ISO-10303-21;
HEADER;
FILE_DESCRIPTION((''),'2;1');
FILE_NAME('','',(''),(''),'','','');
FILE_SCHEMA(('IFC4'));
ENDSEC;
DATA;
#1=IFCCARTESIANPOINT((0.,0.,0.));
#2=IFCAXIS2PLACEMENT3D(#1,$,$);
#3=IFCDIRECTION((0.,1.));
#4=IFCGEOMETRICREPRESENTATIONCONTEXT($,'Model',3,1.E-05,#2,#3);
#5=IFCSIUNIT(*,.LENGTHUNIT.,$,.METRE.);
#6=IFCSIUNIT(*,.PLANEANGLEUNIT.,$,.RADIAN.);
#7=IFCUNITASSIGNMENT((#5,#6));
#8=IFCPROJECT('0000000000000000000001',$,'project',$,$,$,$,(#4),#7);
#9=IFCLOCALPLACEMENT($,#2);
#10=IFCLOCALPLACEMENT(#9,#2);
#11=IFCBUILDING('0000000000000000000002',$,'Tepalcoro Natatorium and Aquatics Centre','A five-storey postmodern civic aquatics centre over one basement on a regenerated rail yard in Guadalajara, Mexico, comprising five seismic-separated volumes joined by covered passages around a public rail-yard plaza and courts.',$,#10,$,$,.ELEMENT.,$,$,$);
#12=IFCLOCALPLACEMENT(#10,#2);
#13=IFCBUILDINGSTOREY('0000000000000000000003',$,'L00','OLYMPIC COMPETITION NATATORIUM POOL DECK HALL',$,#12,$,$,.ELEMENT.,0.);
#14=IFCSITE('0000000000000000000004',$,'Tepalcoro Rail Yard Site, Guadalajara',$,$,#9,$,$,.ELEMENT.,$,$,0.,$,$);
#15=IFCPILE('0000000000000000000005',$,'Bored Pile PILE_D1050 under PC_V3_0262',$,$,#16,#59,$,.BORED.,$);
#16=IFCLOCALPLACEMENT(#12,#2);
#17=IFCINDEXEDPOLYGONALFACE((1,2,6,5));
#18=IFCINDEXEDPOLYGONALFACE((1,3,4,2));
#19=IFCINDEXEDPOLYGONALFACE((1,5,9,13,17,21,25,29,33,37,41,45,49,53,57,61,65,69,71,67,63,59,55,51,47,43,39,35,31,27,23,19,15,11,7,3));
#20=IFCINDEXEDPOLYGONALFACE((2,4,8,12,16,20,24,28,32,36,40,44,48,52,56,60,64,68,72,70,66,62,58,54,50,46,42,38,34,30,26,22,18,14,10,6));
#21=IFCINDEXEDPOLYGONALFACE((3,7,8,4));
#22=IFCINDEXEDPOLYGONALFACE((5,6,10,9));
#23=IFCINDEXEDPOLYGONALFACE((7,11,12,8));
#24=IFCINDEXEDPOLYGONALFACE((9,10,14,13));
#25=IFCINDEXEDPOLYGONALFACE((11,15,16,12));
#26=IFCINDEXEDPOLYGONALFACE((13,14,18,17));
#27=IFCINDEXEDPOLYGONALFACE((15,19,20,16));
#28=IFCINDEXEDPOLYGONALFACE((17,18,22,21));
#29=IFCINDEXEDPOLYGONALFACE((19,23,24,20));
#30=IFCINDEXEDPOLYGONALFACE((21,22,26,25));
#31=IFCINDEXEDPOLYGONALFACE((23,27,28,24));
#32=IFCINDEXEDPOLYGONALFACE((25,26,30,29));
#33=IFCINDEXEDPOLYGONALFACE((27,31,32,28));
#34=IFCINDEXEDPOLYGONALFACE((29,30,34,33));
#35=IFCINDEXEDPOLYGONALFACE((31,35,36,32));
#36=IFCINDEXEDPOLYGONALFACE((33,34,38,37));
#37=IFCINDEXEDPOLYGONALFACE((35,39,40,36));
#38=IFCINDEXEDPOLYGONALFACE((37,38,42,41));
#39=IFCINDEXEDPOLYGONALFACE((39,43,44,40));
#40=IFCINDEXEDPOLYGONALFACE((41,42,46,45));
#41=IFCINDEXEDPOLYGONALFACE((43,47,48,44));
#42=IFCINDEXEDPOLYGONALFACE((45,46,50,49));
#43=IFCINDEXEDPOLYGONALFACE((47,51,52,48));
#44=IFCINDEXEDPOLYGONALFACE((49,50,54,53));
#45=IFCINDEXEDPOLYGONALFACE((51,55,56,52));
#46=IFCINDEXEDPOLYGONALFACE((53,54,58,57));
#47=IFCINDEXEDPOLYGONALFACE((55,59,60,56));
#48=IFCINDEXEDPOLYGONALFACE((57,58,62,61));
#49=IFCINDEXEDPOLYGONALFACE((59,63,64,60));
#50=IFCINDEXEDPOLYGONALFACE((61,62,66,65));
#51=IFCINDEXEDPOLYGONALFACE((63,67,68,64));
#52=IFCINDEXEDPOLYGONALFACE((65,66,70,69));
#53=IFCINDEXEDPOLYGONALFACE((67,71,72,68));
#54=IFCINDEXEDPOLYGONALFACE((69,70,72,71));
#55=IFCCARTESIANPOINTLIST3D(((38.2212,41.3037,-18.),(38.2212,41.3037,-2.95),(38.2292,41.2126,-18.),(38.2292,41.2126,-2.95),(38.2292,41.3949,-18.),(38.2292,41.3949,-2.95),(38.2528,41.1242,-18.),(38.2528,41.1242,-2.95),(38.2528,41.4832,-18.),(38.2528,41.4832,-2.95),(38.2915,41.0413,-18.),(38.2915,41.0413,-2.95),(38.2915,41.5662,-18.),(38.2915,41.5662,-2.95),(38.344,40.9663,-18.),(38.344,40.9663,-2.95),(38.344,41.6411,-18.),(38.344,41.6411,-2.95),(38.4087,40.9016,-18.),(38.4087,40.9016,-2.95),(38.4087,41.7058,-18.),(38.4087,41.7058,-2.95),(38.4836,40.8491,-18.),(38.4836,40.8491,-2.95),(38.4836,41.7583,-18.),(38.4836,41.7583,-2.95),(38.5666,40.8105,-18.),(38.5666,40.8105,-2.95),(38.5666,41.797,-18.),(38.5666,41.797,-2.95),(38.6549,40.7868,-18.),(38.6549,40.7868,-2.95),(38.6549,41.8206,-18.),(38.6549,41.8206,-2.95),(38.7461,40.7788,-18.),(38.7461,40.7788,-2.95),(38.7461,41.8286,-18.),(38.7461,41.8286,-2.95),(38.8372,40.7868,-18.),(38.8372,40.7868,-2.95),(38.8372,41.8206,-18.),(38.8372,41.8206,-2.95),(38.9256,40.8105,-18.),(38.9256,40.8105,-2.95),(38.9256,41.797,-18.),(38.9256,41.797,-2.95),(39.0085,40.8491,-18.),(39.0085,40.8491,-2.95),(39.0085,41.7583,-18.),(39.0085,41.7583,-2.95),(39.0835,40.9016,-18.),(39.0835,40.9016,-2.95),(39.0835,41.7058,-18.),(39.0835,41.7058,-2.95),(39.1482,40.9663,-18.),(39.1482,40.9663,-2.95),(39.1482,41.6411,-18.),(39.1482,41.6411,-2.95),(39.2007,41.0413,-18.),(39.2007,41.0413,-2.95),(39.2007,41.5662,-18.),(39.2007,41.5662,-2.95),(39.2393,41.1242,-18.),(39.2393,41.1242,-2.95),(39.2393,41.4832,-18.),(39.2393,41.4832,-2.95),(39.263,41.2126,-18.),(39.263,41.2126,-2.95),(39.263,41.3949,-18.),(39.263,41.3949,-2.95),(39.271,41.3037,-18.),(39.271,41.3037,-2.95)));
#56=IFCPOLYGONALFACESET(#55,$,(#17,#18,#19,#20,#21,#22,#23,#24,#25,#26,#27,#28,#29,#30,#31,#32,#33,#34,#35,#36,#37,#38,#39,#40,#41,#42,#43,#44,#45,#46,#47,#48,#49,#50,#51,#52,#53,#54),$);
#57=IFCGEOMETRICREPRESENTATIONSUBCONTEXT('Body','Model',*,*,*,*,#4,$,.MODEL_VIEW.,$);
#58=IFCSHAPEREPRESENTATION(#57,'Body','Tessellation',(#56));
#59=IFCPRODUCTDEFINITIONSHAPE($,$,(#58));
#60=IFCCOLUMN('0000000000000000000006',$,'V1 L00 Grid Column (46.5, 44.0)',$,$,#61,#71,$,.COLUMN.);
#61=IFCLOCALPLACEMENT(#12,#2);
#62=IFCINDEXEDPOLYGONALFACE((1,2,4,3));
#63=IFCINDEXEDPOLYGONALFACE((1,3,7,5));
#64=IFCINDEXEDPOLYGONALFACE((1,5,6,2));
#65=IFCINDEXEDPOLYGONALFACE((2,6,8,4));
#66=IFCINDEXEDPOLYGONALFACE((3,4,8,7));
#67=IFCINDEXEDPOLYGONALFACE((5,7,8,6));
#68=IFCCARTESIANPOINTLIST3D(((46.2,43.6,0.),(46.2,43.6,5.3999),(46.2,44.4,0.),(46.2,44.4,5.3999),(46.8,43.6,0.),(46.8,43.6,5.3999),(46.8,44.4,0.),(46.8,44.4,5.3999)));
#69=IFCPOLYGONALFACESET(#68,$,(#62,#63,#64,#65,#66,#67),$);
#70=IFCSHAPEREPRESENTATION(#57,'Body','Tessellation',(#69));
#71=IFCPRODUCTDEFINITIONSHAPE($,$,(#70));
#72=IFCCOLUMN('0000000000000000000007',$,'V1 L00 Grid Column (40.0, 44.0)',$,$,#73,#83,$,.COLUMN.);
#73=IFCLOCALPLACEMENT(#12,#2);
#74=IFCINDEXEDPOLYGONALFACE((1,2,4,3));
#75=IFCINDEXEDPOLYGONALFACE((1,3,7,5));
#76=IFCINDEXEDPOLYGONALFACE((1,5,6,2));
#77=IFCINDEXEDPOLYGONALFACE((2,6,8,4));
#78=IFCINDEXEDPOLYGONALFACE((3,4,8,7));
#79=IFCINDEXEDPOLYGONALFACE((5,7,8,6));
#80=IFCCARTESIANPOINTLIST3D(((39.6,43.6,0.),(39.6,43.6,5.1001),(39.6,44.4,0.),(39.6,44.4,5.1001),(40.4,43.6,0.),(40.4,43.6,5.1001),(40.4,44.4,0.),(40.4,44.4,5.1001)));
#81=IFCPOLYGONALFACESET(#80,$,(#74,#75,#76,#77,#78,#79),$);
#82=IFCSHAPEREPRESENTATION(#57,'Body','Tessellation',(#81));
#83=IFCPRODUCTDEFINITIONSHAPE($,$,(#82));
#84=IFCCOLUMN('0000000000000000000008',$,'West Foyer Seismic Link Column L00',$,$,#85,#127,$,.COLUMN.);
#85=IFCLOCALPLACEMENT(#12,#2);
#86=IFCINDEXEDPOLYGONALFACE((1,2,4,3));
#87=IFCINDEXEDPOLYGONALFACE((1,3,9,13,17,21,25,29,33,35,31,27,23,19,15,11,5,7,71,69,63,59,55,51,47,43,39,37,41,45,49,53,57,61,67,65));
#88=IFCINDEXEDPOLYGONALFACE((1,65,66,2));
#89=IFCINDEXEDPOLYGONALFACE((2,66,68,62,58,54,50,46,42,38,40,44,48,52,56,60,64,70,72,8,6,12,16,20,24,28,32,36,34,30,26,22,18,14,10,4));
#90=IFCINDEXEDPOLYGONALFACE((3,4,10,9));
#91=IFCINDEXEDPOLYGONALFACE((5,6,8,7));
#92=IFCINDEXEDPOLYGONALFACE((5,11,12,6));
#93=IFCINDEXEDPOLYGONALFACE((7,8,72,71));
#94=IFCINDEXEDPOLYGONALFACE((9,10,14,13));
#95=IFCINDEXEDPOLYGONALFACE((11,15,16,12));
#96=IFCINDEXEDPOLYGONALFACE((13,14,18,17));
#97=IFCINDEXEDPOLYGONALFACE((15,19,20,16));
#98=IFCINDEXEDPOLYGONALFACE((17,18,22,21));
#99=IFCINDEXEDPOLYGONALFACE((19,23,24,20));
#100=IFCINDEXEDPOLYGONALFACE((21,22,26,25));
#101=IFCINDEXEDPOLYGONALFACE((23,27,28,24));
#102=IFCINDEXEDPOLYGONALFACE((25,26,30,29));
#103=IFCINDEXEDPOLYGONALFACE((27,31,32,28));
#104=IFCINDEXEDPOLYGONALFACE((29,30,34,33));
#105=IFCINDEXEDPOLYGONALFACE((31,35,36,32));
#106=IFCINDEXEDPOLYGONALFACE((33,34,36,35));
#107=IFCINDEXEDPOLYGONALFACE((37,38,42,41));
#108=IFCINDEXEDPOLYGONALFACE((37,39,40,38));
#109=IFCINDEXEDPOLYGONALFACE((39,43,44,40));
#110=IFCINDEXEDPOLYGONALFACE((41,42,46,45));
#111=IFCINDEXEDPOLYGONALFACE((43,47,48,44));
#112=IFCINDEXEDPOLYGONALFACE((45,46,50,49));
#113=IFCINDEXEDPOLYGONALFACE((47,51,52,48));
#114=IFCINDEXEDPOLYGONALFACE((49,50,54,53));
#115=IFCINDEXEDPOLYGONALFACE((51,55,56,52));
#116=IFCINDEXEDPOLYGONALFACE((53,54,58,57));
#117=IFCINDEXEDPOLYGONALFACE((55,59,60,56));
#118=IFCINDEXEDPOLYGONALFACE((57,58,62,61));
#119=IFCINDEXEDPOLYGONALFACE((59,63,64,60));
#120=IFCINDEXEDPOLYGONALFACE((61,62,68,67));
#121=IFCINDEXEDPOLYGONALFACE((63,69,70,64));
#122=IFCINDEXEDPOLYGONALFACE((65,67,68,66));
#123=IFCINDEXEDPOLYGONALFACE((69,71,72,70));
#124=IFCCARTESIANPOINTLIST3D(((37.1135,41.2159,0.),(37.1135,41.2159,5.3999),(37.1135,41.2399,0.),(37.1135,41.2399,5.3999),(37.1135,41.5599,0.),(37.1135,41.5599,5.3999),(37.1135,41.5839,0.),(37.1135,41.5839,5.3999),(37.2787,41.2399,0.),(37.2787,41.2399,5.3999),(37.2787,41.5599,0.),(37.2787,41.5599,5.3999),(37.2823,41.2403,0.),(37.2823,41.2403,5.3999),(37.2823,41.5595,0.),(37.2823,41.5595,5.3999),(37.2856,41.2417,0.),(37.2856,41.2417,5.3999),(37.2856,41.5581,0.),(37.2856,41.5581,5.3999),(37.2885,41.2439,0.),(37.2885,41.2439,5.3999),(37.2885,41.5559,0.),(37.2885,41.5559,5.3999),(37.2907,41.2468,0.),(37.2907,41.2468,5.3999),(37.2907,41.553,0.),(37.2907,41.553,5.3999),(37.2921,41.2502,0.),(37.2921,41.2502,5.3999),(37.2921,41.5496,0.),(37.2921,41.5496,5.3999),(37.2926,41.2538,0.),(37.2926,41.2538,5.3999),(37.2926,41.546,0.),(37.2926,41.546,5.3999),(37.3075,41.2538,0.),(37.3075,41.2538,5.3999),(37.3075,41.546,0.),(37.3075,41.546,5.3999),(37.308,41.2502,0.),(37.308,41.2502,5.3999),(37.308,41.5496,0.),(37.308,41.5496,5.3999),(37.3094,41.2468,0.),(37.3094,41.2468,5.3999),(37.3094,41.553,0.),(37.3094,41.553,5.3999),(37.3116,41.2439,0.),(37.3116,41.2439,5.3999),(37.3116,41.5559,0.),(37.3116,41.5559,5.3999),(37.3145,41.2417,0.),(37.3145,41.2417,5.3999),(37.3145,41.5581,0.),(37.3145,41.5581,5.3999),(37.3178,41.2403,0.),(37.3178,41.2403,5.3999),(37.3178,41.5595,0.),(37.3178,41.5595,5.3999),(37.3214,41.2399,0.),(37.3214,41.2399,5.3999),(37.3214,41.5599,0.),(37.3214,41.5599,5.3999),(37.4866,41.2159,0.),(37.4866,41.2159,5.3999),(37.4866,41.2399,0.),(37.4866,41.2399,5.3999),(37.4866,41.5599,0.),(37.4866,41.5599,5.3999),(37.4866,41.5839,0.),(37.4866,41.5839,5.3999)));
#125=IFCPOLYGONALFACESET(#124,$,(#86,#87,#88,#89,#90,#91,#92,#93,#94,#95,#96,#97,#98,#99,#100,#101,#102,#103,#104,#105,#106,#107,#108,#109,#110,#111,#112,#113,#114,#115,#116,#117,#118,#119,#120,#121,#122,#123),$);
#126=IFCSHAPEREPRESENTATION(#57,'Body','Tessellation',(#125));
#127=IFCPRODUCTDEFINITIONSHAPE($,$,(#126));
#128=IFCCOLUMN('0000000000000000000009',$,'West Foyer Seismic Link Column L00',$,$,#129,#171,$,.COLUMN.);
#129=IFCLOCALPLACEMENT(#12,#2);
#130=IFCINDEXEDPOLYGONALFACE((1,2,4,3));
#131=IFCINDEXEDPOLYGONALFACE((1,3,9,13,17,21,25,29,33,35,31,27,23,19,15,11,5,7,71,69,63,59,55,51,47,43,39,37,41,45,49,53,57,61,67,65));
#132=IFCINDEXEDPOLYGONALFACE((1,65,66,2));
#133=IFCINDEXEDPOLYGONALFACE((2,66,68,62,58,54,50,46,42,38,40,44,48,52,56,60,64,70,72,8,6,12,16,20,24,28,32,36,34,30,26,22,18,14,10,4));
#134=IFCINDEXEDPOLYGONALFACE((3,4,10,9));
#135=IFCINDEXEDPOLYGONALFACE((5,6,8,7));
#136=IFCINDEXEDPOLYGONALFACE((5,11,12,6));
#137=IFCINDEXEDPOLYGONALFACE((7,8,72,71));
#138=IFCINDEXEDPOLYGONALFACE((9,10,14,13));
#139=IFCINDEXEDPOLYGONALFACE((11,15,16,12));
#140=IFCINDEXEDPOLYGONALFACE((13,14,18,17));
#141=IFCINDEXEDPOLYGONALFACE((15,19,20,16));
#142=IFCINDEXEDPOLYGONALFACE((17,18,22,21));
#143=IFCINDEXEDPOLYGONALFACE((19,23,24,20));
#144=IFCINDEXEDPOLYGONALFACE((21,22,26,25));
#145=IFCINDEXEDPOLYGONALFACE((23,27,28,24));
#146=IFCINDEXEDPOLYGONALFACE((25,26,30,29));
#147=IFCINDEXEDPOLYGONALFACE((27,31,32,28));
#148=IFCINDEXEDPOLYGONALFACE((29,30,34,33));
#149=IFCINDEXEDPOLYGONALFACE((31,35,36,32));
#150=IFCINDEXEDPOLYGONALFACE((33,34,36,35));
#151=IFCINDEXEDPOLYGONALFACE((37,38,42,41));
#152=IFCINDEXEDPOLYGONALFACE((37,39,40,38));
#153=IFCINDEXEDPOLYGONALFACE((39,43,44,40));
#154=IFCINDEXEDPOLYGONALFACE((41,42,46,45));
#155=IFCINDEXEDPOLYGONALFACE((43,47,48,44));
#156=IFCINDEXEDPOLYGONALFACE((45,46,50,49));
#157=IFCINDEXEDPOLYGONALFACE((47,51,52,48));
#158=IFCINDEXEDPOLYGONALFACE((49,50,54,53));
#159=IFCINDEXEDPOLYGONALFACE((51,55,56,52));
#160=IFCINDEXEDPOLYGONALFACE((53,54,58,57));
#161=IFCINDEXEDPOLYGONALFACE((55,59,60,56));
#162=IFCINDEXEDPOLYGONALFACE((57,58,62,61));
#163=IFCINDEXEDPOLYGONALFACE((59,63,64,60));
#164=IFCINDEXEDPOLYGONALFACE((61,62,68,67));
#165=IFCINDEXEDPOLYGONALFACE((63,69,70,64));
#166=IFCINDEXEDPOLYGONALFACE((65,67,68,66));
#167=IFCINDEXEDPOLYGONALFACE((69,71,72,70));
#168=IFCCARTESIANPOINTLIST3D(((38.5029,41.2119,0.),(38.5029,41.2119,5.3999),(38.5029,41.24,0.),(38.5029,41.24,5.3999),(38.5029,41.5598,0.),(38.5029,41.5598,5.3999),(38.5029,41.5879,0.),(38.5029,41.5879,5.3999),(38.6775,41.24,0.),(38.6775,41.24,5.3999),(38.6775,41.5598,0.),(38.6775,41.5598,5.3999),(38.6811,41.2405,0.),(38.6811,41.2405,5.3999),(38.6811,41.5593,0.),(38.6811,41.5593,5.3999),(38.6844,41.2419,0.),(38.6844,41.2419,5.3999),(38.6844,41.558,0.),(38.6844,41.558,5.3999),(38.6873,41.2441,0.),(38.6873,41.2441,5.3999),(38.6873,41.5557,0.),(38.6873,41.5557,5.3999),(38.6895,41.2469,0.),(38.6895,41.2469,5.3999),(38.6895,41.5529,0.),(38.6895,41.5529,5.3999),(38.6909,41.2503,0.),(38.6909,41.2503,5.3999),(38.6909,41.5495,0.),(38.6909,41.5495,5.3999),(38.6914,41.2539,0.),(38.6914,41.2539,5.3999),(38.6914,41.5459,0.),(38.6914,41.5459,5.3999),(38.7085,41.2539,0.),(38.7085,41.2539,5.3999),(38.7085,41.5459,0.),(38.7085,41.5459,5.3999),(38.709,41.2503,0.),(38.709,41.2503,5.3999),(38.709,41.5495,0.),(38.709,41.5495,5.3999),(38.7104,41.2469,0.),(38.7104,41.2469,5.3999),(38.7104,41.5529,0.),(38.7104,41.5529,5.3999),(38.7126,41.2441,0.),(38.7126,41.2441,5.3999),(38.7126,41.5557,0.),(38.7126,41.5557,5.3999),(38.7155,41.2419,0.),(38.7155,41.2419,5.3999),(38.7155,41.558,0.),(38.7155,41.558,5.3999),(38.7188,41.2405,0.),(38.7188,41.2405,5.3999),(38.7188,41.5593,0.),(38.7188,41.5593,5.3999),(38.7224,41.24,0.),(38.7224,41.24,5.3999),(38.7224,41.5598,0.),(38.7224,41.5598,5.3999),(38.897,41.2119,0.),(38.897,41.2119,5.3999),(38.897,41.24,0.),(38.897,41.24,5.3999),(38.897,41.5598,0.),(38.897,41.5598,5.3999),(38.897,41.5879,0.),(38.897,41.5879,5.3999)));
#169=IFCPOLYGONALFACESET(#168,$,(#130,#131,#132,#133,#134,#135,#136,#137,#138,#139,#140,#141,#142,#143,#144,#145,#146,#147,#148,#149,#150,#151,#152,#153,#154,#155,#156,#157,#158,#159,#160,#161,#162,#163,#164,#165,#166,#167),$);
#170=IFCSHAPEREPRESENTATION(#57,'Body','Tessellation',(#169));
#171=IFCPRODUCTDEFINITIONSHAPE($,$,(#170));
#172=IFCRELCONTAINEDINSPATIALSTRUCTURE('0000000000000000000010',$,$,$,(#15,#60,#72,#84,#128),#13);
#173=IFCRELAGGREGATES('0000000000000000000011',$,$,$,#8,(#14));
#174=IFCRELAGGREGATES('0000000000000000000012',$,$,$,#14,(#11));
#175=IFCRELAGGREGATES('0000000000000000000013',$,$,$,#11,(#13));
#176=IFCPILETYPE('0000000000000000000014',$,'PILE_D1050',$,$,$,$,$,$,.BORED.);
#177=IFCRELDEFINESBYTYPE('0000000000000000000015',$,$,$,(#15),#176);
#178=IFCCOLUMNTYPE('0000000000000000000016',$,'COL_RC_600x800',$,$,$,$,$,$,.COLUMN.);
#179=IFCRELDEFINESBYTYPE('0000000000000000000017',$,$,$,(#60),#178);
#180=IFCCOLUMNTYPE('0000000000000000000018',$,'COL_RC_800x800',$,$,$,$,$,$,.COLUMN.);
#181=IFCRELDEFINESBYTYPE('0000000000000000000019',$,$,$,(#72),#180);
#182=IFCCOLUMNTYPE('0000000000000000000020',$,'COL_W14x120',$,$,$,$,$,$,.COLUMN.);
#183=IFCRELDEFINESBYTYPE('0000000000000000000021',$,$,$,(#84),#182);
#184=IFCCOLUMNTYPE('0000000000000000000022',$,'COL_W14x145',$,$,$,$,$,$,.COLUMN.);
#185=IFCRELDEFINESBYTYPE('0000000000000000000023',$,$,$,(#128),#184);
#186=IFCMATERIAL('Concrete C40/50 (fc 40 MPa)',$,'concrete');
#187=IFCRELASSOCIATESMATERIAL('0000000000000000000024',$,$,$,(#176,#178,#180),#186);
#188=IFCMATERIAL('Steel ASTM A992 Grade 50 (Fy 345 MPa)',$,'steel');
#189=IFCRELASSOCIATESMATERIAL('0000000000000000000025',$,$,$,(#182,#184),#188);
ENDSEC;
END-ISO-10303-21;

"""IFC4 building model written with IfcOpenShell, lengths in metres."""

from ifc_helpers import new_model, si_unit, direction, frame, origin, origin_2d, place, context, subcontext, project, spatial, rectangle, circle, i_section, extrude, material, material_profile, profile_set, type_object, element, save


model = new_model("IFC4")

# Units and contexts
model_context = context("Model", 3, precision=1e-05, world=origin(), true_north=direction((0.0, 1.0)))
body_context = subcontext(model_context, "Body", "Model", "MODEL_VIEW")
ifc_project = project(units=[si_unit("LENGTHUNIT", "METRE"), si_unit("PLANEANGLEUNIT", "RADIAN")], contexts=[model_context])

# Site, building, storey
site_placement = place(None, origin())
site = spatial("IfcSite", under=ifc_project, at=site_placement, Name="Tepalcoro Rail Yard Site, Guadalajara", CompositionType="ELEMENT", RefElevation=0.0)
building_placement = place(site_placement, origin())
building = spatial("IfcBuilding", under=site, at=building_placement, Name="Tepalcoro Natatorium and Aquatics Centre", Description="A five-storey postmodern civic aquatics centre over one basement on a regenerated rail yard in Guadalajara, Mexico, comprising five seismic-separated volumes joined by covered passages around a public rail-yard plaza and courts.", CompositionType="ELEMENT")
storey_placement = place(building_placement, origin())
storey = spatial("IfcBuildingStorey", under=building, at=storey_placement, Name="L00", Description="OLYMPIC COMPETITION NATATORIUM POOL DECK HALL", CompositionType="ELEMENT", Elevation=0.0)

# Pile
ifc_material_1 = material(Name="Concrete C40/50 (fc 40 MPa)", Category="concrete")
ifc_material_profile_1 = material_profile(ifc_material_1, circle(Radius=0.5249, at=origin_2d()), Name="PILE_D1050")
ifc_profile_set_1 = profile_set([ifc_material_profile_1], Name="Concrete C40/50 (fc 40 MPa)")
pile_type = type_object("IfcPileType", Name="PILE_D1050", PredefinedType="BORED", material=ifc_profile_set_1)
pile_placement = place(storey_placement, frame((38.7461, 41.3037, -2.95), z_axis=(0.0, 0.0, -1.0), x_axis=(1.0, 0.0, 0.0)))
element("IfcPile", 1, at=pile_placement, inside=storey, type_object=pile_type, Name="Bored Pile PILE_D1050 under PC_V3_0262", PredefinedType="BORED", context=body_context, shape_type="SweptSolid", body=[
    extrude(circle(Radius=0.5249, at=origin_2d()), origin(), (0.0, 0.0, 1.0), 15.05),
])

# Columns
ifc_material_profile_2 = material_profile(ifc_material_1, rectangle(XDim=0.6001, YDim=0.8, at=origin_2d()), Name="RC600x800")
ifc_profile_set_2 = profile_set([ifc_material_profile_2], Name="Concrete C40/50 (fc 40 MPa)")
column_type_1 = type_object("IfcColumnType", Name="COL_RC_600x800", PredefinedType="COLUMN", material=ifc_profile_set_2)
column_1_placement = place(storey_placement, frame((46.5, 44.0, 0.0), z_axis=(0.0, 0.0, 1.0), x_axis=(1.0, 0.0, 0.0)))
element("IfcColumn", 2, at=column_1_placement, inside=storey, type_object=column_type_1, Name="V1 L00 Grid Column (46.5, 44.0)", PredefinedType="COLUMN", context=body_context, shape_type="SweptSolid", body=[
    extrude(rectangle(XDim=0.6001, YDim=0.8, at=origin_2d()), origin(), (0.0, 0.0, 1.0), 5.3999),
])
ifc_material_profile_3 = material_profile(ifc_material_1, rectangle(XDim=0.8, YDim=0.8, at=origin_2d()), Name="RC800x800")
ifc_profile_set_3 = profile_set([ifc_material_profile_3], Name="Concrete C40/50 (fc 40 MPa)")
column_type_2 = type_object("IfcColumnType", Name="COL_RC_800x800", PredefinedType="COLUMN", material=ifc_profile_set_3)
column_2_placement = place(storey_placement, frame((40.0, 44.0, 0.0), z_axis=(0.0, 0.0, 1.0), x_axis=(1.0, 0.0, 0.0)))
element("IfcColumn", 3, at=column_2_placement, inside=storey, type_object=column_type_2, Name="V1 L00 Grid Column (40.0, 44.0)", PredefinedType="COLUMN", context=body_context, shape_type="SweptSolid", body=[
    extrude(rectangle(XDim=0.8, YDim=0.8, at=origin_2d()), origin(), (0.0, 0.0, 1.0), 5.1001),
])
ifc_material_2 = material(Name="Steel ASTM A992 Grade 50 (Fy 345 MPa)", Category="steel")
ifc_material_profile_4 = material_profile(ifc_material_2, i_section(OverallWidth=0.373, OverallDepth=0.3679, WebThickness=0.0149, FlangeThickness=0.0239, FilletRadius=0.0139, at=origin_2d()), Name="W14X120")
ifc_profile_set_4 = profile_set([ifc_material_profile_4], Name="Steel ASTM A992 Grade 50 (Fy 345 MPa)")
column_type_3 = type_object("IfcColumnType", Name="COL_W14x120", PredefinedType="COLUMN", material=ifc_profile_set_4)
column_3_placement = place(storey_placement, frame((37.3, 41.3999, 0.0), z_axis=(0.0, 0.0, 1.0), x_axis=(1.0, 0.0, 0.0)))
element("IfcColumn", 4, at=column_3_placement, inside=storey, type_object=column_type_3, Name="West Foyer Seismic Link Column L00", PredefinedType="COLUMN", context=body_context, shape_type="SweptSolid", body=[
    extrude(i_section(OverallWidth=0.373, OverallDepth=0.3679, WebThickness=0.0149, FlangeThickness=0.0239, FilletRadius=0.0139, at=origin_2d()), origin(), (0.0, 0.0, 1.0), 5.3999),
])
ifc_material_profile_5 = material_profile(ifc_material_2, i_section(OverallWidth=0.394, OverallDepth=0.376, WebThickness=0.0171, FlangeThickness=0.0281, FilletRadius=0.0139, at=origin_2d()), Name="W14X145")
ifc_profile_set_5 = profile_set([ifc_material_profile_5], Name="Steel ASTM A992 Grade 50 (Fy 345 MPa)")
column_type_4 = type_object("IfcColumnType", Name="COL_W14x145", PredefinedType="COLUMN", material=ifc_profile_set_5)
column_4_placement = place(storey_placement, frame((38.7, 41.3999, 0.0), z_axis=(0.0, 0.0, 1.0), x_axis=(1.0, 0.0, 0.0)))
element("IfcColumn", 5, at=column_4_placement, inside=storey, type_object=column_type_4, Name="West Foyer Seismic Link Column L00", PredefinedType="COLUMN", context=body_context, shape_type="SweptSolid", body=[
    extrude(i_section(OverallWidth=0.394, OverallDepth=0.376, WebThickness=0.0171, FlangeThickness=0.0281, FilletRadius=0.0139, at=origin_2d()), origin(), (0.0, 0.0, 1.0), 5.3999),
])

save(model, "model.ifc")
